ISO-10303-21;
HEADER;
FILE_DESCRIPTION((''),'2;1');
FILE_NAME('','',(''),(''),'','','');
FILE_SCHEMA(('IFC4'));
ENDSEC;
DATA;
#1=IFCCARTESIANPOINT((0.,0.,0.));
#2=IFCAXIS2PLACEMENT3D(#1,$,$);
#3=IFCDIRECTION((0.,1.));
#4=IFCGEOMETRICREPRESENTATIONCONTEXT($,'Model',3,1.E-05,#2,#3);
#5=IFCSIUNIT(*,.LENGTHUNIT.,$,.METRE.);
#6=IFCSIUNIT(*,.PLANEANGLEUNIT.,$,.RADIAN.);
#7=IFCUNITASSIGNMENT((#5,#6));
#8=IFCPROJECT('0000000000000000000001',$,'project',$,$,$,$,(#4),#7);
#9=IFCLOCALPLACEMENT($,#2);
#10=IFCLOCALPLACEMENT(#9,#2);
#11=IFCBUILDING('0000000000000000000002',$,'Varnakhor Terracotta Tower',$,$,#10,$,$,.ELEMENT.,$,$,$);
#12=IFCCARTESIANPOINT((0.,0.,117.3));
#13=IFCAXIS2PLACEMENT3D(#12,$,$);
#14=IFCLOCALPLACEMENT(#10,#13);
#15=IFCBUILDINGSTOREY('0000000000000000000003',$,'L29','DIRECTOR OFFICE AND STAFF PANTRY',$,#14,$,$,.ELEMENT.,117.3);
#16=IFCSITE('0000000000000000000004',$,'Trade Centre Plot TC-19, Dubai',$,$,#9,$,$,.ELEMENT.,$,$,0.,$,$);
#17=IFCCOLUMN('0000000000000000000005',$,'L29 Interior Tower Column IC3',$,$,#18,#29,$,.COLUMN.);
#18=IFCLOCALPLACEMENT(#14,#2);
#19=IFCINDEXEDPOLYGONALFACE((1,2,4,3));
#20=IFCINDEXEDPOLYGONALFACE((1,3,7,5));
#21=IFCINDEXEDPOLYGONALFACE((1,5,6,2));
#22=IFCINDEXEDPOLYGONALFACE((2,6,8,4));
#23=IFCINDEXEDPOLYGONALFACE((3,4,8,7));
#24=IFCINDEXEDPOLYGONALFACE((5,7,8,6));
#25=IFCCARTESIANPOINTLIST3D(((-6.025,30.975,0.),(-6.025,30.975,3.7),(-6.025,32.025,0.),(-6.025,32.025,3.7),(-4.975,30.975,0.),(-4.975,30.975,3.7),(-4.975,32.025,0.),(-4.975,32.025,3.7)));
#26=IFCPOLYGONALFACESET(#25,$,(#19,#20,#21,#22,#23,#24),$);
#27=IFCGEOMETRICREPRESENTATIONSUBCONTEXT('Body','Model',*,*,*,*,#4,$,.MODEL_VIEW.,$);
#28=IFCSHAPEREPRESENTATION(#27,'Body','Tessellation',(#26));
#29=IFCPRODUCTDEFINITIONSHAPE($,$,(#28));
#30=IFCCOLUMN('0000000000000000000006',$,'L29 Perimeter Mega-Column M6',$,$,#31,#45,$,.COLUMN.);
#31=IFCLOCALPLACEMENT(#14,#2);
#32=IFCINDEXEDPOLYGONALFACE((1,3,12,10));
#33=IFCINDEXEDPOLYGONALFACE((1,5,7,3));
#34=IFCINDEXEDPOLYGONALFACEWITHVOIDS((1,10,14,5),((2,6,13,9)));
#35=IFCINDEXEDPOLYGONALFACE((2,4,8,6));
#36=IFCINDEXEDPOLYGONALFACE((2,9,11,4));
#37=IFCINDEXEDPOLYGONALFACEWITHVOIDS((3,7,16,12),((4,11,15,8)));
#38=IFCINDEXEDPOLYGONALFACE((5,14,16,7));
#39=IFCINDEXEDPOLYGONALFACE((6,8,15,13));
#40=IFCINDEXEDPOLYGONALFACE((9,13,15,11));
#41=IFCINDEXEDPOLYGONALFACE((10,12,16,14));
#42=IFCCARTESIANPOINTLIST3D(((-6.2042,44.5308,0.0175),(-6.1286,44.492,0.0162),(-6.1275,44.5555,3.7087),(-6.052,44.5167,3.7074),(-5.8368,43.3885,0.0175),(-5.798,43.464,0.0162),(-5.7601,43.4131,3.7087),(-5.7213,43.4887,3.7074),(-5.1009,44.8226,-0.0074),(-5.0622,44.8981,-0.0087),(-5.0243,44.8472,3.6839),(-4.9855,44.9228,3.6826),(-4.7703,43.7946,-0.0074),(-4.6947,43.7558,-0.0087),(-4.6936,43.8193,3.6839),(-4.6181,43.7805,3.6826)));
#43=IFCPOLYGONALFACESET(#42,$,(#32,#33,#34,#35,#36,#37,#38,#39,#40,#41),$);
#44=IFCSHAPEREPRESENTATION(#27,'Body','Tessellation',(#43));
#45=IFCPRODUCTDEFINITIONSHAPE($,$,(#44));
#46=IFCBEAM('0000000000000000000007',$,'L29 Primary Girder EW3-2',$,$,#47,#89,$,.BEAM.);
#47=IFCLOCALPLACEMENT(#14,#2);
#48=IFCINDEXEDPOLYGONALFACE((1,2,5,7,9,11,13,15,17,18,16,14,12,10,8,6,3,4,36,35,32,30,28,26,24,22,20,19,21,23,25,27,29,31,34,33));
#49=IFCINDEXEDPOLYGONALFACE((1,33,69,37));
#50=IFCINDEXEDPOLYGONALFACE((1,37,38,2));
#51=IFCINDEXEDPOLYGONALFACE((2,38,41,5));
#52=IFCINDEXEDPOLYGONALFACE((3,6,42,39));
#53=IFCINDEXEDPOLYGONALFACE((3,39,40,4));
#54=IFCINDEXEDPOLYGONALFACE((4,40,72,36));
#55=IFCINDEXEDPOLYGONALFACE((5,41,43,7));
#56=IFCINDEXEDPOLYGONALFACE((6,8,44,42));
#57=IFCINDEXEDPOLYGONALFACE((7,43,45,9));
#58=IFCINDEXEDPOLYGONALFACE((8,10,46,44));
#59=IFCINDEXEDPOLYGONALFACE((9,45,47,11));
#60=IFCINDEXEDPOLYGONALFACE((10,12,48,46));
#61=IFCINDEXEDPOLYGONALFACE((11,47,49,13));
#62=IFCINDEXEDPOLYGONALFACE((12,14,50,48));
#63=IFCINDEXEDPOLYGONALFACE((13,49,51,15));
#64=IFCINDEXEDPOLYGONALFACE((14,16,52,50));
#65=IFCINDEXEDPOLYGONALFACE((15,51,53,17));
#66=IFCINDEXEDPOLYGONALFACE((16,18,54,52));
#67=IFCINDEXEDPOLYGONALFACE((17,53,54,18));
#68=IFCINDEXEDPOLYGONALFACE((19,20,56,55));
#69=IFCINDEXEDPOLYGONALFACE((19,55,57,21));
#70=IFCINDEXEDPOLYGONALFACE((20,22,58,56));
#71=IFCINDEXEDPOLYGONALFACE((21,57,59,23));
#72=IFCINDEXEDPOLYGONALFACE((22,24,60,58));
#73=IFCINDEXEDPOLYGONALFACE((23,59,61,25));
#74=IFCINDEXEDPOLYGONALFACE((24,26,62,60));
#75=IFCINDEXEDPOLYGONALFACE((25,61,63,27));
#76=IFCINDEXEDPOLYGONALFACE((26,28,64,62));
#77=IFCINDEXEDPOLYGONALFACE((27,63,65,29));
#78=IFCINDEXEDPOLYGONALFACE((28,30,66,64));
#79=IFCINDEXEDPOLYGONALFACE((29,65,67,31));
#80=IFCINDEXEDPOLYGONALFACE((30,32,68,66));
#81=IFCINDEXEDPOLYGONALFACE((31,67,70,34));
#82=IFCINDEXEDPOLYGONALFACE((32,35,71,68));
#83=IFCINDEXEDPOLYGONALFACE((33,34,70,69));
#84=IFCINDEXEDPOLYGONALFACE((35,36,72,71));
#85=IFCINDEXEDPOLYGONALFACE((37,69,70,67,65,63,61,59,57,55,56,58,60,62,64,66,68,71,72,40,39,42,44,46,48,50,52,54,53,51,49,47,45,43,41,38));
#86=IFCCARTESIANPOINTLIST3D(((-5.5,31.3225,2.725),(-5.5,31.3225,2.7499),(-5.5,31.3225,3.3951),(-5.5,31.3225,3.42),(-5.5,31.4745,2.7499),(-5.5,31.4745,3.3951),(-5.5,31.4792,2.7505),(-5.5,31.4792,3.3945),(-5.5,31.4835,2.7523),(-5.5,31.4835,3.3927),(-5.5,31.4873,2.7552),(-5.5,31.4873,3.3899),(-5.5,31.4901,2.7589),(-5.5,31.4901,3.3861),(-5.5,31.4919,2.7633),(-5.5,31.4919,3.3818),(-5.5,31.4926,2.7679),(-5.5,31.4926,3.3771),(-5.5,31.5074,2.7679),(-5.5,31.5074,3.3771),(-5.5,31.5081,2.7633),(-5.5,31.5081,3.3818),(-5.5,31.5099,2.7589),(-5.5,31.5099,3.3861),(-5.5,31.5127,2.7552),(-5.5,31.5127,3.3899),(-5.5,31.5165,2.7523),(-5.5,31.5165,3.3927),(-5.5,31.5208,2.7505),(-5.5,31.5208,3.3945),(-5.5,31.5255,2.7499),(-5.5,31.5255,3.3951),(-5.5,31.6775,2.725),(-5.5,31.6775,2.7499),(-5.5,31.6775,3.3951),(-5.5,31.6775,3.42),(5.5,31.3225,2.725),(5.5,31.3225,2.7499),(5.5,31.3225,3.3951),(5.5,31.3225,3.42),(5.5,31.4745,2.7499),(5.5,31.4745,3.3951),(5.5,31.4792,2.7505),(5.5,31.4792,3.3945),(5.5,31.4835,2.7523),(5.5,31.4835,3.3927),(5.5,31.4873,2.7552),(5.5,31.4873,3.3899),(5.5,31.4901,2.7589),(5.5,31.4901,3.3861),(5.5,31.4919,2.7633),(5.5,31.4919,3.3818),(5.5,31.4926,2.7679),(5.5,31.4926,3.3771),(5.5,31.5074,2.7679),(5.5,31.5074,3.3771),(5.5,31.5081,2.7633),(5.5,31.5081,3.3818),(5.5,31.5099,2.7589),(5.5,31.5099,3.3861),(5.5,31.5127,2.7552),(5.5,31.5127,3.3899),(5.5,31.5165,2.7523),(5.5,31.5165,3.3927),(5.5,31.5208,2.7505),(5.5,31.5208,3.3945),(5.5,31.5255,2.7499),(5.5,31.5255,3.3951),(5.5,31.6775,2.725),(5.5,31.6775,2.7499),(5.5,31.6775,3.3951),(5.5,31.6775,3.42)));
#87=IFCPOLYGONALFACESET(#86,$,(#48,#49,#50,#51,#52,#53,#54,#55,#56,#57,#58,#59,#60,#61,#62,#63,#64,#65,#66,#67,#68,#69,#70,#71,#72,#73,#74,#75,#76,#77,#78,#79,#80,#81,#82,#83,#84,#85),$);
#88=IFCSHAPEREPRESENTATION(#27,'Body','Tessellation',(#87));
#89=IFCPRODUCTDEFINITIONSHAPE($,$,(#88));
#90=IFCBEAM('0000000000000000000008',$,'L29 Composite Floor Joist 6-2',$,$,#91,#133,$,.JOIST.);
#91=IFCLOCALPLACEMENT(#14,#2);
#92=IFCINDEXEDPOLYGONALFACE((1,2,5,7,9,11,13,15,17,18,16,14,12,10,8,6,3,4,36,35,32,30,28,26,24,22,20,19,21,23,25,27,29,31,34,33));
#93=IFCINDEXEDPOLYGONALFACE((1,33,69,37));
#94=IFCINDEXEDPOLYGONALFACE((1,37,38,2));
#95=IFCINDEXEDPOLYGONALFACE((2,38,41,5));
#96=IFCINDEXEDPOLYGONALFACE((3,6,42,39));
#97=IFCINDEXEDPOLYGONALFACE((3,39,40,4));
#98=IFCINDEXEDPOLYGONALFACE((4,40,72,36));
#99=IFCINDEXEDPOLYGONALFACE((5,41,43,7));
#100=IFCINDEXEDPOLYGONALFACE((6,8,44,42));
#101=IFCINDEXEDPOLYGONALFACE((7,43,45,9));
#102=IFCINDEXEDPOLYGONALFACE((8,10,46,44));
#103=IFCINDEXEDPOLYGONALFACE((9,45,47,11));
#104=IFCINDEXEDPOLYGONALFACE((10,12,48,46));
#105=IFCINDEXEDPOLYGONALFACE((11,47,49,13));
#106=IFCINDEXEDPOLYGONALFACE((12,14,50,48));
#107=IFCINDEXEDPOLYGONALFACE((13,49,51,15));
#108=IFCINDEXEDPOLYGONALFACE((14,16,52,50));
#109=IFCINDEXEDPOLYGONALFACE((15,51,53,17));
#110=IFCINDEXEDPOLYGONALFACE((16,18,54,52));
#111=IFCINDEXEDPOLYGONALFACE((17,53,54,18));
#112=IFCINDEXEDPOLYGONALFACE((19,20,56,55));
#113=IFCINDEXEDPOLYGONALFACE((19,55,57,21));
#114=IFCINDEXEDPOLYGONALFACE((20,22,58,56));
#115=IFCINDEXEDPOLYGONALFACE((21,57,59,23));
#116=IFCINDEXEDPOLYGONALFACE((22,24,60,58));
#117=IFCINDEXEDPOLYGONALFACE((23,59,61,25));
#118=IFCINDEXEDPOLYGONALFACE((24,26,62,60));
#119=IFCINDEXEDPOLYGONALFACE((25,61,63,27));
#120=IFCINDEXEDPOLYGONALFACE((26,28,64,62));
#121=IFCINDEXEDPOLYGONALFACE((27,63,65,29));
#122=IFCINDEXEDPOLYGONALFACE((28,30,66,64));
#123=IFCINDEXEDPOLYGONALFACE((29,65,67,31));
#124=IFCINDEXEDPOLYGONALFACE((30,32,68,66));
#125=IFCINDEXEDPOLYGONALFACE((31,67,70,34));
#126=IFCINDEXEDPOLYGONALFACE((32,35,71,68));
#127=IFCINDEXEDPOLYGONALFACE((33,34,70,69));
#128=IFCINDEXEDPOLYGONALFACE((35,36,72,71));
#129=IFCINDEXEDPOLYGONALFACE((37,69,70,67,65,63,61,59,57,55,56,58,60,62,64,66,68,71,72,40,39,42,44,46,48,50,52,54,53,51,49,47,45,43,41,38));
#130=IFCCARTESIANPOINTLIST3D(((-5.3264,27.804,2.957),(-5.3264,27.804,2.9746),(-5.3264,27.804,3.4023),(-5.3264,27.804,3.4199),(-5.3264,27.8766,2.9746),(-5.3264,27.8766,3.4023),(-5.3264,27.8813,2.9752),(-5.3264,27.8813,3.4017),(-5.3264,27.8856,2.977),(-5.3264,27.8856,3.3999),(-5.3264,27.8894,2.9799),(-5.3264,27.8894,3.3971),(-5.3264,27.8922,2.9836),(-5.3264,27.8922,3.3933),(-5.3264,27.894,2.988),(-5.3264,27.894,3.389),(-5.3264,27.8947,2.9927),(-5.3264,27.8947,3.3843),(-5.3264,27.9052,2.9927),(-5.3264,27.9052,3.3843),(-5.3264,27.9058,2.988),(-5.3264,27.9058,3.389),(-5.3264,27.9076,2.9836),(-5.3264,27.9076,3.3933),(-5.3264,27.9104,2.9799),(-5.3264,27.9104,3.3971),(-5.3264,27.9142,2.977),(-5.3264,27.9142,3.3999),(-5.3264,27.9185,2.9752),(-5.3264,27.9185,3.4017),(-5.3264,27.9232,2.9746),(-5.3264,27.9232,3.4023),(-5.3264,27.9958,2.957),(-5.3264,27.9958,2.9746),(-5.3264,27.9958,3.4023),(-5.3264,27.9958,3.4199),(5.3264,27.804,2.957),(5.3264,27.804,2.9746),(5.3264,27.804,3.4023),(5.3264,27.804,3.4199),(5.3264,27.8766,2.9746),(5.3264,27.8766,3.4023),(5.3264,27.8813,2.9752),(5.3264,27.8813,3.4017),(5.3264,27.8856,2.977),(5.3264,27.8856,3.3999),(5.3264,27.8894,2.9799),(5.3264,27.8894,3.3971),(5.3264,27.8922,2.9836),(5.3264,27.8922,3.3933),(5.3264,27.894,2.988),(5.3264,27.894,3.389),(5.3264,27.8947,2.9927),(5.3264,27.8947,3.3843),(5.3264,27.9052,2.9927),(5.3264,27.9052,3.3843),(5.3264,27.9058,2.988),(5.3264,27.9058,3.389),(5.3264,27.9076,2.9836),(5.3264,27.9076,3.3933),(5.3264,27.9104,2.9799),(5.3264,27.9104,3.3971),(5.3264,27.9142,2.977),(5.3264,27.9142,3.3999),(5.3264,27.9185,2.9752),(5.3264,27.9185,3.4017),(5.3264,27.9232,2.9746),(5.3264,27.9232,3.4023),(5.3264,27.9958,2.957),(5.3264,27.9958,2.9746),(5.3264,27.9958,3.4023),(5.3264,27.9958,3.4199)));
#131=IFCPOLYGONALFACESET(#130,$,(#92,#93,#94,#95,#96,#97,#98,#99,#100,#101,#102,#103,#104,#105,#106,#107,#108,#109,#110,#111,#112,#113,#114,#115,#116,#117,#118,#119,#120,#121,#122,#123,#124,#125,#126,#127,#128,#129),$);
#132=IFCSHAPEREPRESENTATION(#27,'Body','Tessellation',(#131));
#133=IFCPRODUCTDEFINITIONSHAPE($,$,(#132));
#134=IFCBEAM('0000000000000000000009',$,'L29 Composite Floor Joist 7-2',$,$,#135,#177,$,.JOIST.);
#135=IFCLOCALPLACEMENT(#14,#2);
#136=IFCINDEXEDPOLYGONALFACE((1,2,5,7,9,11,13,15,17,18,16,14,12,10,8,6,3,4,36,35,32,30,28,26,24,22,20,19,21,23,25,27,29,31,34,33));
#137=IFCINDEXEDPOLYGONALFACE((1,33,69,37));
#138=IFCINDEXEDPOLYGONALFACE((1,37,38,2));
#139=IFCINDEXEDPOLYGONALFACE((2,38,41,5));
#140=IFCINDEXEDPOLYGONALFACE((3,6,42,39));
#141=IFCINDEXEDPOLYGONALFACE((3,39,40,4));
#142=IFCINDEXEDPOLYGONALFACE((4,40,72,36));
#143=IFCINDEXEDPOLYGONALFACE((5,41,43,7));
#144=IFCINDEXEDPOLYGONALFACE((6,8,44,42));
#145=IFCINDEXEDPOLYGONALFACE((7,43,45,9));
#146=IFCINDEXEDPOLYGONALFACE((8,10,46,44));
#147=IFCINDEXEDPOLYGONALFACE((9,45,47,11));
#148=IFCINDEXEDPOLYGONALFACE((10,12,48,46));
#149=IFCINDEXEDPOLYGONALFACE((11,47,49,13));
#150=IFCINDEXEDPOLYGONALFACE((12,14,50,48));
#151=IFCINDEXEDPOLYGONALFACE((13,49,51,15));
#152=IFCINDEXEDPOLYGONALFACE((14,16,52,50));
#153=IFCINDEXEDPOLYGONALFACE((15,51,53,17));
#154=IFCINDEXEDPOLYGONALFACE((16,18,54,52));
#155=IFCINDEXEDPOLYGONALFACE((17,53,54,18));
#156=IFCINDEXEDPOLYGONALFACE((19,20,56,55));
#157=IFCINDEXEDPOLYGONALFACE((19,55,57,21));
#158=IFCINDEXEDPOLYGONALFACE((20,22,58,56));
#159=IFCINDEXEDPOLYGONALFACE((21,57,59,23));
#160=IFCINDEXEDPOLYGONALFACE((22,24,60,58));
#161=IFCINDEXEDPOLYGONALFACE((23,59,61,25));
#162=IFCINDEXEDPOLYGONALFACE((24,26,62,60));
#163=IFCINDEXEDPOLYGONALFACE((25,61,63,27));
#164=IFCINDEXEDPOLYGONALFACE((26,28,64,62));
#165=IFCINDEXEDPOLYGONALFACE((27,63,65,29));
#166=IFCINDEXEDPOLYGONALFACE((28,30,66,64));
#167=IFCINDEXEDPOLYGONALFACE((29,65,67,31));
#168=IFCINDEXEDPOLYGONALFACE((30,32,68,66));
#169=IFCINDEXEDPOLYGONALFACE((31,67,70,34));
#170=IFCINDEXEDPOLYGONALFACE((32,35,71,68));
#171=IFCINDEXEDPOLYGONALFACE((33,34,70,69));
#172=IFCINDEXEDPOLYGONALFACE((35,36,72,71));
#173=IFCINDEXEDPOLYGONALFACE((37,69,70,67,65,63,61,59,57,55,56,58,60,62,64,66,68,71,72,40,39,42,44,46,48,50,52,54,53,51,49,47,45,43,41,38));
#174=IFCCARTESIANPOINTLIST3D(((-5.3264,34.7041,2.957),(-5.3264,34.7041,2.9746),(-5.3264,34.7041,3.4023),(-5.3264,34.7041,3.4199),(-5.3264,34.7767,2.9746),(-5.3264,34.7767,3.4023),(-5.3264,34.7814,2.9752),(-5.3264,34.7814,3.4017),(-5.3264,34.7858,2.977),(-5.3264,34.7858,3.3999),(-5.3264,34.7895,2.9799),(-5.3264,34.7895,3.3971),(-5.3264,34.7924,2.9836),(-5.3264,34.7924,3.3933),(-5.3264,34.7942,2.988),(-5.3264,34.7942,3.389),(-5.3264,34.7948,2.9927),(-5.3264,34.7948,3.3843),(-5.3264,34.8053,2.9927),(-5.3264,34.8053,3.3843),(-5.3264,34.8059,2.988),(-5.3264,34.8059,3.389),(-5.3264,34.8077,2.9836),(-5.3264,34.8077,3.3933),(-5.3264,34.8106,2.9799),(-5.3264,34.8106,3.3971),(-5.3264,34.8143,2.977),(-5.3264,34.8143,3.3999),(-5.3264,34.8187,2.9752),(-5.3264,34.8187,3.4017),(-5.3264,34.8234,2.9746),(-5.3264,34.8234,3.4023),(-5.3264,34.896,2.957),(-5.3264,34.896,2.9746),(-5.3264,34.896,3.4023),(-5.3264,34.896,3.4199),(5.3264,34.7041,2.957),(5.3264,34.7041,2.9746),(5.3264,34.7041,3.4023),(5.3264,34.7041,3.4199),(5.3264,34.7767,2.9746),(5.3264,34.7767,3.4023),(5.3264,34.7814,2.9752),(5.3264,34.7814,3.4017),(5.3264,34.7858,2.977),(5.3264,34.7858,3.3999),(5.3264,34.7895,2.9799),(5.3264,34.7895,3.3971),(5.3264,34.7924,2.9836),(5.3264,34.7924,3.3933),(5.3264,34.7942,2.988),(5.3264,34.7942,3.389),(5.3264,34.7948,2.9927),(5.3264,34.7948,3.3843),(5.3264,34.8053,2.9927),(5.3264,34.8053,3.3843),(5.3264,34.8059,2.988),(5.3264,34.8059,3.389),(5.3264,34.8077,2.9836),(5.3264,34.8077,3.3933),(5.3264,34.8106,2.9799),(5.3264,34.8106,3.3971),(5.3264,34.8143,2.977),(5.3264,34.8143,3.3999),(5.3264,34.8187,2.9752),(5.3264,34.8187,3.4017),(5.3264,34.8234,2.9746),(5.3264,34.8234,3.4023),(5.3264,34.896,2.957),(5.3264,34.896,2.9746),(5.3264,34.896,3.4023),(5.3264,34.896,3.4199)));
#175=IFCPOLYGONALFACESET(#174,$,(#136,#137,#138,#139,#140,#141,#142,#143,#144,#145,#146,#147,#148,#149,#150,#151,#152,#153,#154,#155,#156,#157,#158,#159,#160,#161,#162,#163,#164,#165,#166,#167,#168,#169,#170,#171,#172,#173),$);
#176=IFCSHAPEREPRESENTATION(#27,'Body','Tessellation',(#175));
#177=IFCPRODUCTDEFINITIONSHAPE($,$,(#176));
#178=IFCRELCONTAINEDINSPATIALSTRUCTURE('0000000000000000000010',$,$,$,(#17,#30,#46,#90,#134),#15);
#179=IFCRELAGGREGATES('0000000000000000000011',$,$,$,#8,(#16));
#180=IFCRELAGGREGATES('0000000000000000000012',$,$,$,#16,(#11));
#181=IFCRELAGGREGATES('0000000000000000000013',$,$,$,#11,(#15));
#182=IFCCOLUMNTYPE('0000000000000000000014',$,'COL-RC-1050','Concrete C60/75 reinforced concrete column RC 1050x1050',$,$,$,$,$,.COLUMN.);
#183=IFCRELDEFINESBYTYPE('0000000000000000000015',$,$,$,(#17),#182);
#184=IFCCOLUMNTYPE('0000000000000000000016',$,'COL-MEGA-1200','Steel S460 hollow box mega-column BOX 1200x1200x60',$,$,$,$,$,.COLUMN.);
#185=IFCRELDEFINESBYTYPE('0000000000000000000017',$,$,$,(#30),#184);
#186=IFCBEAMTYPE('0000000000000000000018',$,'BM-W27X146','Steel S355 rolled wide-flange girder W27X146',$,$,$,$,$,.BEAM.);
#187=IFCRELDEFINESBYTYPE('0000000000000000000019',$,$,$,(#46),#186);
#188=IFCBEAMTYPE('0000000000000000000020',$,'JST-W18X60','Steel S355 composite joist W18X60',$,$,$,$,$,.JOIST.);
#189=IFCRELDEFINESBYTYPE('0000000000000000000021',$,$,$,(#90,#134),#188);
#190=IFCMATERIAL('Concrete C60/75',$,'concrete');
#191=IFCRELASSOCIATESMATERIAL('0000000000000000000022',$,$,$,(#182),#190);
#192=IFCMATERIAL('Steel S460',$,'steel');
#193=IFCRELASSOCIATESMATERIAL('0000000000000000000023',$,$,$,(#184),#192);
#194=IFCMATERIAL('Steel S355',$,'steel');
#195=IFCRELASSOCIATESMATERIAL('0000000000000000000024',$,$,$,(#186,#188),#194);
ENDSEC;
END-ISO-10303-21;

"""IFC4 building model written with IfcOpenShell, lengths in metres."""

from ifc_helpers import new_model, si_unit, direction, frame, origin, origin_2d, place, context, subcontext, project, spatial, rectangle, hollow_rectangle, i_section, extrude, source, transform, mapped, material, material_profile, profile_set, type_object, element, save


model = new_model("IFC4")

# Units and contexts
model_context = context("Model", 3, precision=1e-05, world=origin(), true_north=direction((0.0, 1.0)))
body_context = subcontext(model_context, "Body", "Model", "MODEL_VIEW")
ifc_project = project(units=[si_unit("LENGTHUNIT", "METRE"), si_unit("PLANEANGLEUNIT", "RADIAN")], contexts=[model_context])

# Site, building, storey
site_placement = place(None, origin())
site = spatial("IfcSite", under=ifc_project, at=site_placement, Name="Trade Centre Plot TC-19, Dubai", CompositionType="ELEMENT", RefElevation=0.0)
building_placement = place(site_placement, origin())
building = spatial("IfcBuilding", under=site, at=building_placement, Name="Varnakhor Terracotta Tower", CompositionType="ELEMENT")
storey_placement = place(building_placement, frame((0.0, 0.0, 117.3)))
storey = spatial("IfcBuildingStorey", under=building, at=storey_placement, Name="L29", Description="DIRECTOR OFFICE AND STAFF PANTRY", CompositionType="ELEMENT", Elevation=117.3)

# Columns
ifc_material_1 = material(Name="Concrete C60/75", Category="concrete")
ifc_material_profile_1 = material_profile(ifc_material_1, rectangle(XDim=1.05, YDim=1.05, at=origin_2d()), Name="RC 1050x1050")
ifc_profile_set_1 = profile_set([ifc_material_profile_1], Name="Concrete C60/75")
column_type_1 = type_object("IfcColumnType", Name="COL-RC-1050", Description="Concrete C60/75 reinforced concrete column RC 1050x1050", PredefinedType="COLUMN", material=ifc_profile_set_1)
shared_shape_1 = source(origin(), body_context, "Body", "SweptSolid", [
    extrude(rectangle(XDim=1.05, YDim=1.05, at=origin_2d()), origin(), (0.0, 0.0, 1.0), 3.7),
])
column_1_placement = place(storey_placement, frame((-5.5, 31.5, 0.0), z_axis=(0.0, 0.0, 1.0), x_axis=(1.0, 0.0, 0.0)))
element("IfcColumn", 1, at=column_1_placement, inside=storey, type_object=column_type_1, Name="L29 Interior Tower Column IC3", PredefinedType="COLUMN", context=body_context, shape_type="MappedRepresentation", body=[
    mapped(shared_shape_1, transform((0.0, 0.0, 0.0), scale=1.0)),
])
ifc_material_2 = material(Name="Steel S460", Category="steel")
ifc_material_profile_2 = material_profile(ifc_material_2, hollow_rectangle(XDim=1.2, YDim=1.2, WallThickness=0.0601, at=origin_2d()), Name="BOX 1200x1200x60")
ifc_profile_set_2 = profile_set([ifc_material_profile_2], Name="Steel S460")
column_type_2 = type_object("IfcColumnType", Name="COL-MEGA-1200", Description="Steel S460 hollow box mega-column BOX 1200x1200x60", PredefinedType="COLUMN", material=ifc_profile_set_2)
shared_shape_2 = source(origin(), body_context, "Body", "SweptSolid", [
    extrude(hollow_rectangle(XDim=1.2, YDim=1.2, WallThickness=0.0601, at=origin_2d()), origin(), (0.0, 0.0, 1.0), 3.6921),
])
column_2_placement = place(storey_placement, frame((-5.4495, 44.1433, 0.0044), z_axis=(0.020764, 0.006679, 0.999762), x_axis=(-0.306205, 0.951965, 0.0)))
element("IfcColumn", 2, at=column_2_placement, inside=storey, type_object=column_type_2, Name="L29 Perimeter Mega-Column M6", PredefinedType="COLUMN", context=body_context, shape_type="MappedRepresentation", body=[
    mapped(shared_shape_2, transform((0.0, 0.0, 0.0), scale=1.0)),
])

# Beams
ifc_material_3 = material(Name="Steel S355", Category="steel")
ifc_material_profile_3 = material_profile(ifc_material_3, i_section(OverallWidth=0.355, OverallDepth=0.6951, WebThickness=0.0149, FlangeThickness=0.0249, FilletRadius=0.0181, at=origin_2d()), Name="W27X146")
ifc_profile_set_3 = profile_set([ifc_material_profile_3], Name="Steel S355")
beam_type_1 = type_object("IfcBeamType", Name="BM-W27X146", Description="Steel S355 rolled wide-flange girder W27X146", PredefinedType="BEAM", material=ifc_profile_set_3)
shared_shape_3 = source(origin(), body_context, "Body", "SweptSolid", [
    extrude(i_section(OverallWidth=0.355, OverallDepth=0.6951, WebThickness=0.0149, FlangeThickness=0.0249, FilletRadius=0.0181, at=origin_2d()), origin(), (0.0, 0.0, 1.0), 11.0),
])
beam_1_placement = place(storey_placement, frame((-5.5, 31.5, 3.0725), z_axis=(1.0, 0.0, 0.0), x_axis=(0.0, 1.0, 0.0)))
element("IfcBeam", 3, at=beam_1_placement, inside=storey, type_object=beam_type_1, Name="L29 Primary Girder EW3-2", PredefinedType="BEAM", context=body_context, shape_type="MappedRepresentation", body=[
    mapped(shared_shape_3, transform((0.0, 0.0, 0.0), scale=1.0)),
])
ifc_material_profile_4 = material_profile(ifc_material_3, i_section(OverallWidth=0.1919, OverallDepth=0.4629, WebThickness=0.0105, FlangeThickness=0.0176, FilletRadius=0.0181, at=origin_2d()), Name="W18X60")
ifc_profile_set_4 = profile_set([ifc_material_profile_4], Name="Steel S355")
beam_type_2 = type_object("IfcBeamType", Name="JST-W18X60", Description="Steel S355 composite joist W18X60", PredefinedType="JOIST", material=ifc_profile_set_4)
shared_shape_4 = source(origin(), body_context, "Body", "SweptSolid", [
    extrude(i_section(OverallWidth=0.1919, OverallDepth=0.4629, WebThickness=0.0105, FlangeThickness=0.0176, FilletRadius=0.0181, at=origin_2d()), origin(), (0.0, 0.0, 1.0), 10.6528),
])
for number, where, z_axis, x_axis, name in (
    (4, (-5.3264, 27.8999, 3.1885), (1.0, 0.0, 0.0), (0.0, 1.0, 0.0), "L29 Composite Floor Joist 6-2"),
    (5, (-5.3264, 34.8, 3.1885), (1.0, 0.0, 0.0), (0.0, 1.0, 0.0), "L29 Composite Floor Joist 7-2"),
):
    element("IfcBeam", number, at=place(storey_placement, frame(where, z_axis=z_axis, x_axis=x_axis)), inside=storey, type_object=beam_type_2, Name=name, PredefinedType="JOIST", context=body_context, shape_type="MappedRepresentation", body=[
        mapped(shared_shape_4, transform((0.0, 0.0, 0.0), scale=1.0)),
    ])

save(model, "model.ifc")
